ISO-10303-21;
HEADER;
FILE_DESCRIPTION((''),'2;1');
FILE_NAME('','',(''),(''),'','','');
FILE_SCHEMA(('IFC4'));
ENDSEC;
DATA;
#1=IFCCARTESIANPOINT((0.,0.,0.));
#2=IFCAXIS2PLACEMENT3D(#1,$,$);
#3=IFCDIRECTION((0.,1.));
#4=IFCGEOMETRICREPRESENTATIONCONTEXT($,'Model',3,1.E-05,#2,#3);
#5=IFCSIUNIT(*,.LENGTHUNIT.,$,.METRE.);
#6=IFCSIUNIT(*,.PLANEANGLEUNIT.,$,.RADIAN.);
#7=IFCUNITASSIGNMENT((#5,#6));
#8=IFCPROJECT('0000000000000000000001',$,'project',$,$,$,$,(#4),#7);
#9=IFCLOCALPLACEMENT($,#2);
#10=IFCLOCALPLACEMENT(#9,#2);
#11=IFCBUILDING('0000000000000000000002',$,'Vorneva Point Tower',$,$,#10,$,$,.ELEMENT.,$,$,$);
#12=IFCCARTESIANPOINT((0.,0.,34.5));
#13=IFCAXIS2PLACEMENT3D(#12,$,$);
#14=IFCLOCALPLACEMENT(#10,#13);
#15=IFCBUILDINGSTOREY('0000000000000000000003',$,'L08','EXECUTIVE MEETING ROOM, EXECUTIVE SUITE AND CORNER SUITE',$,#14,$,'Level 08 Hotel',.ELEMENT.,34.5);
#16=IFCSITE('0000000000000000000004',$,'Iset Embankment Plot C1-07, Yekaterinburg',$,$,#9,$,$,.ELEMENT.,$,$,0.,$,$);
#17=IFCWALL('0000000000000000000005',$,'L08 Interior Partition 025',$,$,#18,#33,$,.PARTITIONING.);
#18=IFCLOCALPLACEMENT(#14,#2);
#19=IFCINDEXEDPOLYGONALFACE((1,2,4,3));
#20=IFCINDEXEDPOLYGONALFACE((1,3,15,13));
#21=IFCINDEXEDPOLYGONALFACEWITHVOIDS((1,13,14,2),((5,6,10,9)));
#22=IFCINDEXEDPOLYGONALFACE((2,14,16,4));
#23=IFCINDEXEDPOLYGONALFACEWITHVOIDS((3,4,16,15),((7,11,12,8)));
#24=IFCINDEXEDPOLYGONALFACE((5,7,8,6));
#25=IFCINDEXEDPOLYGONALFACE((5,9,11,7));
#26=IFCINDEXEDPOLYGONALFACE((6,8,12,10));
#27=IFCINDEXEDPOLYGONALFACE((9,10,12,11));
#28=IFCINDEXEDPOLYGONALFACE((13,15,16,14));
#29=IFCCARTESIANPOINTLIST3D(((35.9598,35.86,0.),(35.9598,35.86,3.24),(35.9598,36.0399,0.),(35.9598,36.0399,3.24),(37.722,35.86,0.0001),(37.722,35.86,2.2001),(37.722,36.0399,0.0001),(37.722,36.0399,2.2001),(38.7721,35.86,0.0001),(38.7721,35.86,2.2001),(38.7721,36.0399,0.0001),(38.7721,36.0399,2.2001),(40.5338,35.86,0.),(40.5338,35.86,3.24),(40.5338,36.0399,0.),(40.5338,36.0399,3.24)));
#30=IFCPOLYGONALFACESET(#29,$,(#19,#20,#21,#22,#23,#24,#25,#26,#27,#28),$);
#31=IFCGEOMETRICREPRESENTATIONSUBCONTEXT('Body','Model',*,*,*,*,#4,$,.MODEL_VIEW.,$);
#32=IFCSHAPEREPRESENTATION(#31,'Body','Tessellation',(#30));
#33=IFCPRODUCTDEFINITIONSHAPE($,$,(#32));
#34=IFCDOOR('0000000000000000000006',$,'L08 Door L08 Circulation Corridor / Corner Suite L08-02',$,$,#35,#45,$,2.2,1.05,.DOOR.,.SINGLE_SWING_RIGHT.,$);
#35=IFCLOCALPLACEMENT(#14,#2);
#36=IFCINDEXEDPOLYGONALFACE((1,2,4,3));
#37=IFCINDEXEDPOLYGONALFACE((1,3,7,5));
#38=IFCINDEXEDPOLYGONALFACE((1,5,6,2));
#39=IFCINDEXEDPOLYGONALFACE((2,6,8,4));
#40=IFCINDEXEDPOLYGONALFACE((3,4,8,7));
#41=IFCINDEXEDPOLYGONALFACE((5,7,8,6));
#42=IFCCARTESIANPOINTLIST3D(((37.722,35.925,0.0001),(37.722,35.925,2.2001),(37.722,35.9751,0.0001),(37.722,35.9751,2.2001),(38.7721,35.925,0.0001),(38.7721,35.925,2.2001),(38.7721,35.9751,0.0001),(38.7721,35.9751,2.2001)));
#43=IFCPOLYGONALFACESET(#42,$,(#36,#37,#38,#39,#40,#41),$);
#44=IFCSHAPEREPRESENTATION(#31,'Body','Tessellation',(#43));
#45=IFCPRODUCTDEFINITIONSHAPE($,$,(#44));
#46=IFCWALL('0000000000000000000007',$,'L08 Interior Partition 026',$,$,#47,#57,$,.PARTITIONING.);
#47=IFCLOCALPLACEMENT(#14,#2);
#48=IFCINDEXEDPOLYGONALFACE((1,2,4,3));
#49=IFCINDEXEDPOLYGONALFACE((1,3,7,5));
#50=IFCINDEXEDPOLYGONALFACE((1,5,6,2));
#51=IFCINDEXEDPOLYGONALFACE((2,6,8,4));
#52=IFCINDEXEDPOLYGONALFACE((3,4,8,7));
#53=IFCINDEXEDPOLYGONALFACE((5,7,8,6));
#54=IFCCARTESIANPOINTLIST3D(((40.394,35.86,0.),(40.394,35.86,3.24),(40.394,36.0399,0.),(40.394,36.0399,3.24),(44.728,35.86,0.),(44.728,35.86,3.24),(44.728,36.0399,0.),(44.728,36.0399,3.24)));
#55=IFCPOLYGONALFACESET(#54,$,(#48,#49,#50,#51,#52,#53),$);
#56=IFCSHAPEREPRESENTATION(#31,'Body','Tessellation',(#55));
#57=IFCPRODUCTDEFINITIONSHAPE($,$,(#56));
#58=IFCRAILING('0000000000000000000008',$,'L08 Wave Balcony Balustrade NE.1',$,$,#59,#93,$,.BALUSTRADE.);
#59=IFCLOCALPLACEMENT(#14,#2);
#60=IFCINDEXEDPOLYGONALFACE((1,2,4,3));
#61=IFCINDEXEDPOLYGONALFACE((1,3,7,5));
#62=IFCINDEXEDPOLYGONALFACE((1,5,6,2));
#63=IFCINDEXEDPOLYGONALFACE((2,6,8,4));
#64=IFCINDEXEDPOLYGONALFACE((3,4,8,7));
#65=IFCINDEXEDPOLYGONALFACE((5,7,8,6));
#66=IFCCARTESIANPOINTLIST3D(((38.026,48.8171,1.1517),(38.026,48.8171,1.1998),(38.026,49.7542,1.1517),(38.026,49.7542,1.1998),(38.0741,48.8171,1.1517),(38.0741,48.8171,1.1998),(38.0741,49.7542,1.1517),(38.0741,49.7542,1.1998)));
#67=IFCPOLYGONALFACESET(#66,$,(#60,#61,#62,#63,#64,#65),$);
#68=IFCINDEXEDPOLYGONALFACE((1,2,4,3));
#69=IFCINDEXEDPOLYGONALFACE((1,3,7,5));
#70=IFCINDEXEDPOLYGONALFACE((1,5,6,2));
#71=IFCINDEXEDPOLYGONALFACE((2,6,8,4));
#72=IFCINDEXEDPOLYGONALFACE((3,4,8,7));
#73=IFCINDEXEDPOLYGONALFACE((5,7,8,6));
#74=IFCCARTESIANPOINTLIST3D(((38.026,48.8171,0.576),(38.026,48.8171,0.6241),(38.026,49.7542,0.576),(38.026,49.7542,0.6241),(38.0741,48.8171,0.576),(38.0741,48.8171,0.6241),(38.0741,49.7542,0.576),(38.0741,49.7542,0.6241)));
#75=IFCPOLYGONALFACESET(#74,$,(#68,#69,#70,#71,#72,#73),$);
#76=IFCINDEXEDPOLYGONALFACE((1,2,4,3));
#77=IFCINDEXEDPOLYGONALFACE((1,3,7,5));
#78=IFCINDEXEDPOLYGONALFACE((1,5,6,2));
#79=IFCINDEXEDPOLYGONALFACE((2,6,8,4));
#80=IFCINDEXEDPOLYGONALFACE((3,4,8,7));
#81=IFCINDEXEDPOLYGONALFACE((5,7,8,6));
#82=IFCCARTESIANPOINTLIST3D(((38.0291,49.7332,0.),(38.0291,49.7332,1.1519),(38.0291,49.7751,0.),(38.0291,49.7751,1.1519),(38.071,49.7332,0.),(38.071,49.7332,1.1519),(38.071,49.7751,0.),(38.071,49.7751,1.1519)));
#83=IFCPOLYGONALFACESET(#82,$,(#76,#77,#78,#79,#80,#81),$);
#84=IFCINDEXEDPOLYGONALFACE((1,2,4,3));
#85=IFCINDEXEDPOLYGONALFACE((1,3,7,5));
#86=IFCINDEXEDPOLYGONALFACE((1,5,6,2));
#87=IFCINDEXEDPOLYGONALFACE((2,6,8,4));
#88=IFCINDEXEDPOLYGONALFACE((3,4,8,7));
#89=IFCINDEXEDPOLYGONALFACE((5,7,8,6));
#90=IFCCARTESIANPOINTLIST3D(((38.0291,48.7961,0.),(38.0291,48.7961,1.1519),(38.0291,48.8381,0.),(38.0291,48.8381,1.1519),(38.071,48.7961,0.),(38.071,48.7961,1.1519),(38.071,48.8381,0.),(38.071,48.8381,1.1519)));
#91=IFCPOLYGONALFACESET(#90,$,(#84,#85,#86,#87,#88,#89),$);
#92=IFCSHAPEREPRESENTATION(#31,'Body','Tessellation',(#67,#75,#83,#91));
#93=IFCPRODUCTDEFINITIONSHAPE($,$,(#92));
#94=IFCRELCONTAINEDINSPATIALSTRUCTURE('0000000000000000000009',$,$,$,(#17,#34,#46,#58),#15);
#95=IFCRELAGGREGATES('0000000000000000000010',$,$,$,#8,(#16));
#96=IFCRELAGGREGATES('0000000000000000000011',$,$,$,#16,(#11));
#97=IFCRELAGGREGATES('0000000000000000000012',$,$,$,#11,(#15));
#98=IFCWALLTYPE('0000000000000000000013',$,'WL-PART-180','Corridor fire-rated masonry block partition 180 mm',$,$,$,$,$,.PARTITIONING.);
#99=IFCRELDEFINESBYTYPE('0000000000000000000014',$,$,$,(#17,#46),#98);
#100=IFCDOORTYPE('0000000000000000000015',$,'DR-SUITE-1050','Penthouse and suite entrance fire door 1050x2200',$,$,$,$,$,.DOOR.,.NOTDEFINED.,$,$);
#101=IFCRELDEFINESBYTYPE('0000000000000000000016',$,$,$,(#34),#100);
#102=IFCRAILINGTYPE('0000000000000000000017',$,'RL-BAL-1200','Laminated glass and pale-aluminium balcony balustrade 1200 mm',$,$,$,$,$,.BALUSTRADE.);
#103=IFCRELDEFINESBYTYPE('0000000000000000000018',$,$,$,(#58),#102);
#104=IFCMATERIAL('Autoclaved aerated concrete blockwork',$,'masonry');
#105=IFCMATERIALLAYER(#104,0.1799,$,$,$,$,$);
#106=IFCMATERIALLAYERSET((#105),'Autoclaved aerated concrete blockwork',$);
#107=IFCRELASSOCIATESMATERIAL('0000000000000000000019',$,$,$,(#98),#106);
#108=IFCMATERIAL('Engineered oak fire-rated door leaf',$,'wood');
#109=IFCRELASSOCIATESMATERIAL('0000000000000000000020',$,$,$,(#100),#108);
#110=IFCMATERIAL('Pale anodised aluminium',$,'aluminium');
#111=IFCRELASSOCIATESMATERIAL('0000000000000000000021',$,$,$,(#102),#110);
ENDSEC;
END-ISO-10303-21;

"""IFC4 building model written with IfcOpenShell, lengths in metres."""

from ifc_helpers import new_model, si_unit, direction, frame, frame_2d, origin, origin_2d, place, context, subcontext, project, spatial, rectangle, extrude, material, layer, layer_set, type_object, element, fill, save


model = new_model("IFC4")

# Units and contexts
model_context = context("Model", 3, precision=1e-05, world=origin(), true_north=direction((0.0, 1.0)))
body_context = subcontext(model_context, "Body", "Model", "MODEL_VIEW")
ifc_project = project(units=[si_unit("LENGTHUNIT", "METRE"), si_unit("PLANEANGLEUNIT", "RADIAN")], contexts=[model_context])

# Site, building, storey
site_placement = place(None, origin())
site = spatial("IfcSite", under=ifc_project, at=site_placement, Name="Iset Embankment Plot C1-07, Yekaterinburg", CompositionType="ELEMENT", RefElevation=0.0)
building_placement = place(site_placement, origin())
building = spatial("IfcBuilding", under=site, at=building_placement, Name="Vorneva Point Tower", CompositionType="ELEMENT")
storey_placement = place(building_placement, frame((0.0, 0.0, 34.5)))
storey = spatial("IfcBuildingStorey", under=building, at=storey_placement, Name="L08", Description="EXECUTIVE MEETING ROOM, EXECUTIVE SUITE AND CORNER SUITE", LongName="Level 08 Hotel", CompositionType="ELEMENT", Elevation=34.5)

# Shared definitions
ifc_material_1 = material(Name="Pale anodised aluminium", Category="aluminium")

# Shared definitions
ifc_material_2 = material(Name="Engineered oak fire-rated door leaf", Category="wood")

# Wall, opening, door
ifc_material_3 = material(Name="Autoclaved aerated concrete blockwork", Category="masonry")
ifc_layer_1 = layer(ifc_material_3, 0.1799)
ifc_layer_set_1 = layer_set([ifc_layer_1], Name="Autoclaved aerated concrete blockwork")
wall_type_1 = type_object("IfcWallType", Name="WL-PART-180", Description="Corridor fire-rated masonry block partition 180 mm", PredefinedType="PARTITIONING", material=ifc_layer_set_1)
wall_1_placement = place(storey_placement, frame((40.5339, 35.95, 0.0), z_axis=(0.0, 0.0, 1.0), x_axis=(-1.0, 0.0, 0.0)))
wall_1 = element("IfcWall", 1, at=wall_1_placement, inside=storey, type_object=wall_type_1, Name="L08 Interior Partition 025", PredefinedType="PARTITIONING", context=body_context, shape_type="SweptSolid", body=[
    extrude(rectangle(XDim=4.574, YDim=0.1799, at=frame_2d((2.2871, 0.0))), origin(), (0.0, 0.0, 1.0), 3.24),
])
opening_1_placement = place(wall_1_placement, frame((1.762, 0.0, 0.0)))
opening_1 = element("IfcOpeningElement", 2, at=opening_1_placement, cuts=wall_1, PredefinedType="OPENING", context=body_context, shape_type="SweptSolid", body=[
    extrude(rectangle(XDim=1.05, YDim=2.2, at=frame_2d((0.5249, 1.1001))), frame((0.0, 0.105, 0.0), z_axis=(0.0, -1.0, 0.0), x_axis=(1.0, 0.0, 0.0)), (0.0, 0.0, 1.0), 0.2097),
])
door_type_1 = type_object("IfcDoorType", Name="DR-SUITE-1050", Description="Penthouse and suite entrance fire door 1050x2200", OperationType="NOTDEFINED", PredefinedType="DOOR", material=ifc_material_2)
door_1_placement = place(opening_1_placement, origin())
door_1 = element("IfcDoor", 3, at=door_1_placement, inside=storey, type_object=door_type_1, Name="L08 Door L08 Circulation Corridor / Corner Suite L08-02", OperationType="SINGLE_SWING_RIGHT", OverallHeight=2.2, OverallWidth=1.05, PredefinedType="DOOR", context=body_context, shape_type="SweptSolid", body=[
    extrude(rectangle(XDim=1.05, YDim=2.2, at=frame_2d((0.5249, 1.1001))), frame((0.0, 0.0249, 0.0), z_axis=(0.0, -1.0, 0.0), x_axis=(1.0, 0.0, 0.0)), (0.0, 0.0, 1.0), 0.05),
])
fill(opening_1, door_1)

# Wall
wall_2_placement = place(storey_placement, frame((44.728, 35.95, 0.0), z_axis=(0.0, 0.0, 1.0), x_axis=(-1.0, 0.0, 0.0)))
element("IfcWall", 4, at=wall_2_placement, inside=storey, type_object=wall_type_1, Name="L08 Interior Partition 026", PredefinedType="PARTITIONING", context=body_context, shape_type="SweptSolid", body=[
    extrude(rectangle(XDim=4.334, YDim=0.1799, at=frame_2d((2.167, 0.0))), origin(), (0.0, 0.0, 1.0), 3.24),
])

# Railing
railing_type = type_object("IfcRailingType", Name="RL-BAL-1200", Description="Laminated glass and pale-aluminium balcony balustrade 1200 mm", PredefinedType="BALUSTRADE", material=ifc_material_1)
railing_placement = place(storey_placement, frame((38.05, 49.7542, 0.0)))
element("IfcRailing", 5, at=railing_placement, inside=storey, type_object=railing_type, Name="L08 Wave Balcony Balustrade NE.1", PredefinedType="BALUSTRADE", context=body_context, shape_type="SweptSolid", body=[
    extrude(rectangle(XDim=0.0481, YDim=0.0481, at=origin_2d()), frame((0.0, 0.0, 1.1758), z_axis=(0.0, -1.0, 0.0), x_axis=(1.0, 0.0, 0.0)), (0.0, 0.0, 1.0), 0.937),
    extrude(rectangle(XDim=0.0481, YDim=0.0481, at=origin_2d()), frame((0.0, 0.0, 0.6001), z_axis=(0.0, -1.0, 0.0), x_axis=(1.0, 0.0, 0.0)), (0.0, 0.0, 1.0), 0.937),
    extrude(rectangle(XDim=0.042, YDim=0.042, at=origin_2d()), origin(), (0.0, 0.0, 1.0), 1.1519),
    extrude(rectangle(XDim=0.042, YDim=0.042, at=origin_2d()), frame((0.0, -0.937, 0.0)), (0.0, 0.0, 1.0), 1.1519),
])

save(model, "model.ifc")
